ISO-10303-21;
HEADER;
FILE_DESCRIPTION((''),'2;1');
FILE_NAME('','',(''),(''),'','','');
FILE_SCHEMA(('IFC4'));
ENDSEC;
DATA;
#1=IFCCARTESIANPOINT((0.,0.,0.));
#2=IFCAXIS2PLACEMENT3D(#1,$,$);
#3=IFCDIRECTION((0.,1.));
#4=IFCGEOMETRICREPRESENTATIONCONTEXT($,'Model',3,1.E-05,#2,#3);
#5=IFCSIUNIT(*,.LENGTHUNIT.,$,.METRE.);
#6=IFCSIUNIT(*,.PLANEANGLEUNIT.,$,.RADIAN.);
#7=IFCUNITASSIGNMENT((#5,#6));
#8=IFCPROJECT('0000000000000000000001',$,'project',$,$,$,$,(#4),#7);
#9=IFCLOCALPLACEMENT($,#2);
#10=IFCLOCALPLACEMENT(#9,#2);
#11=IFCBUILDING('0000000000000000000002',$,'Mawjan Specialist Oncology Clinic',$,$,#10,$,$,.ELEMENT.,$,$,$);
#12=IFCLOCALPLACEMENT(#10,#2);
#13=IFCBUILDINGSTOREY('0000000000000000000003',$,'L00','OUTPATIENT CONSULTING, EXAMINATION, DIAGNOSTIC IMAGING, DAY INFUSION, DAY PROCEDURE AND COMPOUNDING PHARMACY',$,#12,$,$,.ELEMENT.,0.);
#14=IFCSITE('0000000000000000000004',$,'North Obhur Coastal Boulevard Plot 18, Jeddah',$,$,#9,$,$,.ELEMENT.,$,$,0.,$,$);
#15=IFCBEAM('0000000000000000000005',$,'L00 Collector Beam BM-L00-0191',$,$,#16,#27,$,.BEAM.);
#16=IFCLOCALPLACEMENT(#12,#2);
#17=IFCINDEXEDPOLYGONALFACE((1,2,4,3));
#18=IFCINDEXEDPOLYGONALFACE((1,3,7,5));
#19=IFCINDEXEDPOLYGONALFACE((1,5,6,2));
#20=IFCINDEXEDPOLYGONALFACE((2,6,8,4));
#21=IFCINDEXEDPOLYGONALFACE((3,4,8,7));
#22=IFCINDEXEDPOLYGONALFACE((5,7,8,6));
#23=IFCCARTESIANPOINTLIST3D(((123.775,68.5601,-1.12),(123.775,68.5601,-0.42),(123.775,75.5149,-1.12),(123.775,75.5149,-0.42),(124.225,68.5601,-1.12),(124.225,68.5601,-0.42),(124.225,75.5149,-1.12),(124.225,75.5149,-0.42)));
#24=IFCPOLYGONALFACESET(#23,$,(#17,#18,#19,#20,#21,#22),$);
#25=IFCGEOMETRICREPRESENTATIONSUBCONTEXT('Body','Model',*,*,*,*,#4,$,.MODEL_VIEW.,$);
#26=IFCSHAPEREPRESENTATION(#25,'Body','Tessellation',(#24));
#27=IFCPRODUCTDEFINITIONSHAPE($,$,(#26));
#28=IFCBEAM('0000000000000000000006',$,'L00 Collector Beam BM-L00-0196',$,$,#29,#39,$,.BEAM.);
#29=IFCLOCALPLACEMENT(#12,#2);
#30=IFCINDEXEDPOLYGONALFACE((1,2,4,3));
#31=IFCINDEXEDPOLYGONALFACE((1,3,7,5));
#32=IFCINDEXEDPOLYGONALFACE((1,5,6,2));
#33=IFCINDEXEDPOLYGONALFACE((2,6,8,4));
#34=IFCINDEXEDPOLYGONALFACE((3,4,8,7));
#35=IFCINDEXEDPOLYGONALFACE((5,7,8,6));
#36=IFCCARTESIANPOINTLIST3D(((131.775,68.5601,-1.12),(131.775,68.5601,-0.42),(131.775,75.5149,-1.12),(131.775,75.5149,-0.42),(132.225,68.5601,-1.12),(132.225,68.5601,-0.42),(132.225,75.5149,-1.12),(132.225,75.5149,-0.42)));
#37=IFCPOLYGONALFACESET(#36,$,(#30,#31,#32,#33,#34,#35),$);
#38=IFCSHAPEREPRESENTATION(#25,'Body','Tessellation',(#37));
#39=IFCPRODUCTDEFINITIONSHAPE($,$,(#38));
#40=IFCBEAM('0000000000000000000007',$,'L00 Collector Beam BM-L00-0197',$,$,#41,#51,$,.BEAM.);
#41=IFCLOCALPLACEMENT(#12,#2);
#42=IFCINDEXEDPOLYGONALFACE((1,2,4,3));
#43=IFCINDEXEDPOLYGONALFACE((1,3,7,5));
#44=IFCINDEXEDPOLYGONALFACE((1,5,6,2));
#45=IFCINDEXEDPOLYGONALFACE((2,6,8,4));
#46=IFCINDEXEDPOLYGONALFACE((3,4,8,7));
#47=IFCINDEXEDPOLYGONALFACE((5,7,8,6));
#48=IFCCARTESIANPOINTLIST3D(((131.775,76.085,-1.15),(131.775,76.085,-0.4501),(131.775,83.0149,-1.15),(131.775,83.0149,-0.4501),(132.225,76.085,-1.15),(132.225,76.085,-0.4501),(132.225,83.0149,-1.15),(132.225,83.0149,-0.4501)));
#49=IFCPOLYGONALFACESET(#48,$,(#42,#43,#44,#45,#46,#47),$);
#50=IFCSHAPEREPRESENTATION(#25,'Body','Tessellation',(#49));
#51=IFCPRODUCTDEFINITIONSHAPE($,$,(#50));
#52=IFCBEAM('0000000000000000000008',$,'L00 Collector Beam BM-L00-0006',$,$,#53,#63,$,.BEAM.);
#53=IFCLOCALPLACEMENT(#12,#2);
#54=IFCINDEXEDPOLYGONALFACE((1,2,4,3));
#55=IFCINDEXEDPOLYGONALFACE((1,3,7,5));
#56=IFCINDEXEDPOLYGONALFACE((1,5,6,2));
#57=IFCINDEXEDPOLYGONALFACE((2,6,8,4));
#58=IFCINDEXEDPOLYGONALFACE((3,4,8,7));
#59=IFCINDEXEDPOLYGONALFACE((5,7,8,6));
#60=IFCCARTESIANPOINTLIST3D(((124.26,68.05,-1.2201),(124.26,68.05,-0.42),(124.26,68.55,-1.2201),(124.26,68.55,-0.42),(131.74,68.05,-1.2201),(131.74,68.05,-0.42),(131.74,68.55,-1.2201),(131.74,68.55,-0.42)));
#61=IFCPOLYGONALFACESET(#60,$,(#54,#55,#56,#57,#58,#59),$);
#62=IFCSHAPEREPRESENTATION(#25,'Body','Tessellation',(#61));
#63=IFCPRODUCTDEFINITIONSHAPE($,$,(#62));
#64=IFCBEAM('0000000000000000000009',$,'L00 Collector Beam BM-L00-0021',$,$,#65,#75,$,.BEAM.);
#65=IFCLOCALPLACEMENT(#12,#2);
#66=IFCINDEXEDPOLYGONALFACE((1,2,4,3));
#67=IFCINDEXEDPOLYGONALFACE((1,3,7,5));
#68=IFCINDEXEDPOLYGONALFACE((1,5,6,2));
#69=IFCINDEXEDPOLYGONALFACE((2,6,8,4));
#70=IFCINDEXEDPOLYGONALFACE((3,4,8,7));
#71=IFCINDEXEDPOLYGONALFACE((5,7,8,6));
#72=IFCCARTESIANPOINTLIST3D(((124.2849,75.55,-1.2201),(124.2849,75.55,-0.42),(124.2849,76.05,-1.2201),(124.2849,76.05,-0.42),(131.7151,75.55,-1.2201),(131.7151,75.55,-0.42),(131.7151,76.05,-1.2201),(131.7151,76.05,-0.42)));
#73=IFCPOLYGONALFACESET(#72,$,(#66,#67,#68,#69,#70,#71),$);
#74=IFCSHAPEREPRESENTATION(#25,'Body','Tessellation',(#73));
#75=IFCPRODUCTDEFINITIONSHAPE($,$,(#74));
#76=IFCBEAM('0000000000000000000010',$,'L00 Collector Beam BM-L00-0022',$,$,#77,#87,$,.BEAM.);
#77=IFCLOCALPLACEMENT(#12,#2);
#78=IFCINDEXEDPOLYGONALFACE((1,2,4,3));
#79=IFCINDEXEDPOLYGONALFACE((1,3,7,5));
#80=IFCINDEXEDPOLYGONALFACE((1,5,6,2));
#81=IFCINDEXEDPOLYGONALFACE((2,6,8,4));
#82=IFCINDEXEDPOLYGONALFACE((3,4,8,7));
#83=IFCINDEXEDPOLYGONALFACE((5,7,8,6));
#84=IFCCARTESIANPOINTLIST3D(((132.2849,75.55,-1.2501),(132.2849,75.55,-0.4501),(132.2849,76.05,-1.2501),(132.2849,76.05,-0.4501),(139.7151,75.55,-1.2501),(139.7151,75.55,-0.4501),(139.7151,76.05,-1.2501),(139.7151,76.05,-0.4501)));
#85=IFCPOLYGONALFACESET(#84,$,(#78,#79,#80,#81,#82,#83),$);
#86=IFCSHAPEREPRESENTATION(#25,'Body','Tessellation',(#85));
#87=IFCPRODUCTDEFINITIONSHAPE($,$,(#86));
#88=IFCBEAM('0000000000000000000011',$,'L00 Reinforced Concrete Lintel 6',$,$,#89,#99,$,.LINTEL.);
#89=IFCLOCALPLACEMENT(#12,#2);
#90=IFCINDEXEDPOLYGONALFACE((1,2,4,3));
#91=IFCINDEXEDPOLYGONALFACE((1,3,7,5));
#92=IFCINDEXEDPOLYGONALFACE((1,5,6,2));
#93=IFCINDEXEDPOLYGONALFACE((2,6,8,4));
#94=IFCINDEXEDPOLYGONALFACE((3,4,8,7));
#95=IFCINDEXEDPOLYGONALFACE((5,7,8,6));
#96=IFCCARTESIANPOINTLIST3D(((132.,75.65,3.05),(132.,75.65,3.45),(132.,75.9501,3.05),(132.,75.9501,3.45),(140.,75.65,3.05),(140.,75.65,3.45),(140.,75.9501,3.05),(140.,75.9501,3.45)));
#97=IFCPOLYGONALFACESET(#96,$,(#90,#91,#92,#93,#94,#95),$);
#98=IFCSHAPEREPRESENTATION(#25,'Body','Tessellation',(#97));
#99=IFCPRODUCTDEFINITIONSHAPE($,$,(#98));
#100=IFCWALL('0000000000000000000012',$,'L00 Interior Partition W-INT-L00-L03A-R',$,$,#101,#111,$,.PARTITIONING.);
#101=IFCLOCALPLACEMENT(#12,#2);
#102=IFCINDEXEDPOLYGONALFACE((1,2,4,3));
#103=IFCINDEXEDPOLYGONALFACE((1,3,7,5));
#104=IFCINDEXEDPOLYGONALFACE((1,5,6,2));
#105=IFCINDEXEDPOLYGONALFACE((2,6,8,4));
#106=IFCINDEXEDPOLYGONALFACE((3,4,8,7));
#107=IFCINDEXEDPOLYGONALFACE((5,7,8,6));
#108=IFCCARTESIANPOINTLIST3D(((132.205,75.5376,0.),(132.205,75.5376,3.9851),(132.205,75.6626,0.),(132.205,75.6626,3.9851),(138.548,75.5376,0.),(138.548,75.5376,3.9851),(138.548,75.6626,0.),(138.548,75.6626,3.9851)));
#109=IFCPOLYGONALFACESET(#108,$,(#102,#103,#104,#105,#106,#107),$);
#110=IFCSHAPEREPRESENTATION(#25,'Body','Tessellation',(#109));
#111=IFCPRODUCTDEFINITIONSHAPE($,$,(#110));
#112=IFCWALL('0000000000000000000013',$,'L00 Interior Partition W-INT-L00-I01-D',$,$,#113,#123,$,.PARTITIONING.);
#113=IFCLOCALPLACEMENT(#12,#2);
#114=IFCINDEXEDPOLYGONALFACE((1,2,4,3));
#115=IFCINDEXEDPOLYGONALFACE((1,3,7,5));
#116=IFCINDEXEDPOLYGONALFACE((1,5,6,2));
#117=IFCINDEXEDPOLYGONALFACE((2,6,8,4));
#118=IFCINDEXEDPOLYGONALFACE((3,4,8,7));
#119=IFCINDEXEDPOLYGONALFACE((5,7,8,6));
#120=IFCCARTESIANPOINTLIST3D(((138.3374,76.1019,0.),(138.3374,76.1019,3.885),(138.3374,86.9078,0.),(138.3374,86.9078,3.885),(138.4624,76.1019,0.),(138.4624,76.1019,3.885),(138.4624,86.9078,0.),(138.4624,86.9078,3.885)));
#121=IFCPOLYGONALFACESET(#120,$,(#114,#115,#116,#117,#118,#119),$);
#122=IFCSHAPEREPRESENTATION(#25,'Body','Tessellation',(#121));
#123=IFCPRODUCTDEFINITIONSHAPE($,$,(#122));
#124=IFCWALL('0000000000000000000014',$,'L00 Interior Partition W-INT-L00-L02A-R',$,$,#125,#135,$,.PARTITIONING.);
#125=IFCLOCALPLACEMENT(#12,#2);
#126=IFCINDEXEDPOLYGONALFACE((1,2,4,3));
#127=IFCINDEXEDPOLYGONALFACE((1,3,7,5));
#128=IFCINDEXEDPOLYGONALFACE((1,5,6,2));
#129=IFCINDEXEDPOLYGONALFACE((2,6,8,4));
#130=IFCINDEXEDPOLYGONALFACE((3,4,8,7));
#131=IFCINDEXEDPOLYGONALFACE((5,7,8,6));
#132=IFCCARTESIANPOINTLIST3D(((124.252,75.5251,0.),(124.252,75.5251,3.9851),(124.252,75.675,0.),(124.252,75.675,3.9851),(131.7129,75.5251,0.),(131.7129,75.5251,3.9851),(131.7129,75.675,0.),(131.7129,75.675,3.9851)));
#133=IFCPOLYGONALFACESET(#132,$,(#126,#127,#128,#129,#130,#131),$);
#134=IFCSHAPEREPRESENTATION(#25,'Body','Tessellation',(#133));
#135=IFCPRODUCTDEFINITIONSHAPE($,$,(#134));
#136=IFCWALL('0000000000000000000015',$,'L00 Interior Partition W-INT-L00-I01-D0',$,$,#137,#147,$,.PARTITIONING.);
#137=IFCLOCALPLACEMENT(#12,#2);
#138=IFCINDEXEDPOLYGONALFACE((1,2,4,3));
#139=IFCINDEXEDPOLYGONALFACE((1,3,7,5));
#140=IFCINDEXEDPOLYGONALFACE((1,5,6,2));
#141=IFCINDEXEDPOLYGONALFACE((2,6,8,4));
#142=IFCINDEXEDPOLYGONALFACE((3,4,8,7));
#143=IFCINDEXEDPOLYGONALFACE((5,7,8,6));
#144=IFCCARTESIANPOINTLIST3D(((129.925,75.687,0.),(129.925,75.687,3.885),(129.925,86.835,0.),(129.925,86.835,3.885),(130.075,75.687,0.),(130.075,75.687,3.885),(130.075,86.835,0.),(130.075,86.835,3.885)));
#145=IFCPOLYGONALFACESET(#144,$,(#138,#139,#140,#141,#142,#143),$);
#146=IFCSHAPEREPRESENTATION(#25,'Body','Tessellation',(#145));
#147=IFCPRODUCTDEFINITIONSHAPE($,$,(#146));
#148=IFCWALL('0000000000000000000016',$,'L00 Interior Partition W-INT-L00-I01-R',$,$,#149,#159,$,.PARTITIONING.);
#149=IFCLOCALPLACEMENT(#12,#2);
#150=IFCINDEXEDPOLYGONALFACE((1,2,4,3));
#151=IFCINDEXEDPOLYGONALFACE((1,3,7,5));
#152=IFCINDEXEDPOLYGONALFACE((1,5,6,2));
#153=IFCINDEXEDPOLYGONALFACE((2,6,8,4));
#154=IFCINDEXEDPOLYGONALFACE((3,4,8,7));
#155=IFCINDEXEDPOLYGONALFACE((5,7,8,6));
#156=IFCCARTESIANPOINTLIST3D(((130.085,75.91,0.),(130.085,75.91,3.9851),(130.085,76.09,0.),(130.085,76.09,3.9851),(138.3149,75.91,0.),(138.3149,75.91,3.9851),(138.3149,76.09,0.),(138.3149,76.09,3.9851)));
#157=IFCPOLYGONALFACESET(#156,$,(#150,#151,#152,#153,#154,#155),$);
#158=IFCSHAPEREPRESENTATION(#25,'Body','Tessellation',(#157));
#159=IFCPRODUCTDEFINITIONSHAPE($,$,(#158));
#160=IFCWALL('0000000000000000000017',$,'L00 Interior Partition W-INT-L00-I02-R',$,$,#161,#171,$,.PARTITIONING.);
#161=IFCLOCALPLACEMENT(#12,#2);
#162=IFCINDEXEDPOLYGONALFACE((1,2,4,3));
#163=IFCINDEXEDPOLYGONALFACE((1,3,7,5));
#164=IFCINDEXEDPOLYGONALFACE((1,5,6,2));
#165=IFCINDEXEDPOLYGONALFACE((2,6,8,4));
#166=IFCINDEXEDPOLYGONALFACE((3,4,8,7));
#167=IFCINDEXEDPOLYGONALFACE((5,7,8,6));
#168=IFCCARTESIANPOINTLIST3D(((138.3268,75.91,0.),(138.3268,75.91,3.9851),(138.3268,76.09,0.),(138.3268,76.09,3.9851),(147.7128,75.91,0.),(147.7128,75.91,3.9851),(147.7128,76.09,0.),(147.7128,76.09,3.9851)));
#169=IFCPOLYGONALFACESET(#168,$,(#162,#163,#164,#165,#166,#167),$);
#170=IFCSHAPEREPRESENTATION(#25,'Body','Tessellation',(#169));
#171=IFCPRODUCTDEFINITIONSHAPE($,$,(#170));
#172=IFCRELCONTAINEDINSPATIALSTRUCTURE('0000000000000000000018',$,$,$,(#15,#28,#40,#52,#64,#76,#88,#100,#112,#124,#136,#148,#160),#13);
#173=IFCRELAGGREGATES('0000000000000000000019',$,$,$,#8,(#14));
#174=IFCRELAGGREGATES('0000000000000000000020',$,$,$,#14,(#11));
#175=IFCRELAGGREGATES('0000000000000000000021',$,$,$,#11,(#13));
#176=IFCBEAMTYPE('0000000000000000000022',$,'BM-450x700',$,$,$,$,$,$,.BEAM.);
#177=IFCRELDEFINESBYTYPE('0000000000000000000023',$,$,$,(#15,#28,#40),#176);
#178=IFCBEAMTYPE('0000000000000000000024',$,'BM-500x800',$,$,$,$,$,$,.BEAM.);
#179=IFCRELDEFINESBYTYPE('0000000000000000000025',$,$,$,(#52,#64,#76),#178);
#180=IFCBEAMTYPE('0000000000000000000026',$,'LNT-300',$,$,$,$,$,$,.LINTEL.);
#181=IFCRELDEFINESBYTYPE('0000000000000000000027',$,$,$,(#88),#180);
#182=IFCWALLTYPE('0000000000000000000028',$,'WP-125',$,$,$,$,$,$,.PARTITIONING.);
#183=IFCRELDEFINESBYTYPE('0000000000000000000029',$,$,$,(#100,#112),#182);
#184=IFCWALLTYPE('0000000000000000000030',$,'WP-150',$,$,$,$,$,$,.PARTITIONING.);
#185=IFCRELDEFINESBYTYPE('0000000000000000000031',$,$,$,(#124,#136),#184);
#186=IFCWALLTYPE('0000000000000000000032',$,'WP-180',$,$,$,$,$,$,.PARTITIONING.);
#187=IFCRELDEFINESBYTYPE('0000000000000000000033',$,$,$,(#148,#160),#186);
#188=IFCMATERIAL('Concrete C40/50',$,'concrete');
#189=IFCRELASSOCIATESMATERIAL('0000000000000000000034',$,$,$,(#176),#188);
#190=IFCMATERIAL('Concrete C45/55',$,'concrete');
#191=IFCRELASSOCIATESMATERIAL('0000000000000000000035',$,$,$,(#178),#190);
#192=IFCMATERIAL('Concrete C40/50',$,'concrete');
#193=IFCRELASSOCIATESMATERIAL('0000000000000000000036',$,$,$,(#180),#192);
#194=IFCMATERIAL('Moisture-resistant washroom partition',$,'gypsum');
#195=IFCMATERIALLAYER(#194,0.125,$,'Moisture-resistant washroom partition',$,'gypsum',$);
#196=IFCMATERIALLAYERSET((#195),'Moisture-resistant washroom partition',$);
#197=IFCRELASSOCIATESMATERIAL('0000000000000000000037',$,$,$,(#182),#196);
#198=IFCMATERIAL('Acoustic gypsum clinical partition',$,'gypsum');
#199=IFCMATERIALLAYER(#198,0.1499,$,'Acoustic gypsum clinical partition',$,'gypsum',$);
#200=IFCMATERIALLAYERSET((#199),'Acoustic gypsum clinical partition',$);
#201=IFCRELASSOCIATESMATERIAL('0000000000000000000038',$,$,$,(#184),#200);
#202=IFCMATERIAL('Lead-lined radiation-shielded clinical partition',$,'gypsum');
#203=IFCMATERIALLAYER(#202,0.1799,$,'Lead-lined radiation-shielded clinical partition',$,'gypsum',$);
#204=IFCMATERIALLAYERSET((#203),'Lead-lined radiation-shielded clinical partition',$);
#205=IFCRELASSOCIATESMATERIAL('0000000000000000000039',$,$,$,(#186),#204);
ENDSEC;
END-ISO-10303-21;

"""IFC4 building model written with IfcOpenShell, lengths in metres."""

from ifc_helpers import new_model, si_unit, direction, frame, frame_2d, origin, origin_2d, place, context, subcontext, project, spatial, rectangle, extrude, material, layer, layer_set, material_profile, profile_set, type_object, element, save


model = new_model("IFC4")

# Units and contexts
model_context = context("Model", 3, precision=1e-05, world=origin(), true_north=direction((0.0, 1.0)))
body_context = subcontext(model_context, "Body", "Model", "MODEL_VIEW")
ifc_project = project(units=[si_unit("LENGTHUNIT", "METRE"), si_unit("PLANEANGLEUNIT", "RADIAN")], contexts=[model_context])

# Site, building, storey
site_placement = place(None, origin())
site = spatial("IfcSite", under=ifc_project, at=site_placement, Name="North Obhur Coastal Boulevard Plot 18, Jeddah", CompositionType="ELEMENT", RefElevation=0.0)
building_placement = place(site_placement, origin())
building = spatial("IfcBuilding", under=site, at=building_placement, Name="Mawjan Specialist Oncology Clinic", CompositionType="ELEMENT")
storey_placement = place(building_placement, origin())
storey = spatial("IfcBuildingStorey", under=building, at=storey_placement, Name="L00", Description="OUTPATIENT CONSULTING, EXAMINATION, DIAGNOSTIC IMAGING, DAY INFUSION, DAY PROCEDURE AND COMPOUNDING PHARMACY", CompositionType="ELEMENT", Elevation=0.0)

# Beams
ifc_material_1 = material(Name="Concrete C40/50", Category="concrete")
ifc_material_profile_1 = material_profile(ifc_material_1, rectangle(XDim=0.45, YDim=0.7, at=origin_2d()), Name="RC BM 450x700", Category="concrete")
ifc_profile_set_1 = profile_set([ifc_material_profile_1], Name="Concrete C40/50")
beam_type_1 = type_object("IfcBeamType", Name="BM-450x700", PredefinedType="BEAM", material=ifc_profile_set_1)
for number, where, z_axis, x_axis, name in (
    (1, (124.0, 68.5601, -0.77), (0.0, 1.0, 0.0), (-1.0, 0.0, 0.0), "L00 Collector Beam BM-L00-0191"),
    (2, (132.0, 68.5601, -0.77), (0.0, 1.0, 0.0), (-1.0, 0.0, 0.0), "L00 Collector Beam BM-L00-0196"),
):
    element("IfcBeam", number, at=place(storey_placement, frame(where, z_axis=z_axis, x_axis=x_axis)), inside=storey, type_object=beam_type_1, Name=name, PredefinedType="BEAM", context=body_context, shape_type="SweptSolid", body=[
        extrude(rectangle(XDim=0.45, YDim=0.7, at=origin_2d()), origin(), (0.0, 0.0, 1.0), 6.9548),
    ])
beam_1_placement = place(storey_placement, frame((132.0, 76.085, -0.8), z_axis=(0.0, 1.0, 0.0), x_axis=(-1.0, 0.0, 0.0)))
element("IfcBeam", 3, at=beam_1_placement, inside=storey, type_object=beam_type_1, Name="L00 Collector Beam BM-L00-0197", PredefinedType="BEAM", context=body_context, shape_type="SweptSolid", body=[
    extrude(rectangle(XDim=0.45, YDim=0.7, at=origin_2d()), origin(), (0.0, 0.0, 1.0), 6.9299),
])
ifc_material_2 = material(Name="Concrete C45/55", Category="concrete")
ifc_material_profile_2 = material_profile(ifc_material_2, rectangle(XDim=0.5, YDim=0.8, at=origin_2d()), Name="RC BM 500x800", Category="concrete")
ifc_profile_set_2 = profile_set([ifc_material_profile_2], Name="Concrete C45/55")
beam_type_2 = type_object("IfcBeamType", Name="BM-500x800", PredefinedType="BEAM", material=ifc_profile_set_2)
beam_2_placement = place(storey_placement, frame((124.26, 68.3, -0.8201), z_axis=(1.0, 0.0, 0.0), x_axis=(0.0, 1.0, 0.0)))
element("IfcBeam", 4, at=beam_2_placement, inside=storey, type_object=beam_type_2, Name="L00 Collector Beam BM-L00-0006", PredefinedType="BEAM", context=body_context, shape_type="SweptSolid", body=[
    extrude(rectangle(XDim=0.5, YDim=0.8, at=origin_2d()), origin(), (0.0, 0.0, 1.0), 7.48),
])
for number, where, z_axis, x_axis, name in (
    (5, (124.2849, 75.8, -0.8201), (1.0, 0.0, 0.0), (0.0, 1.0, 0.0), "L00 Collector Beam BM-L00-0021"),
    (6, (132.2849, 75.8, -0.8501), (1.0, 0.0, 0.0), (0.0, 1.0, 0.0), "L00 Collector Beam BM-L00-0022"),
):
    element("IfcBeam", number, at=place(storey_placement, frame(where, z_axis=z_axis, x_axis=x_axis)), inside=storey, type_object=beam_type_2, Name=name, PredefinedType="BEAM", context=body_context, shape_type="SweptSolid", body=[
        extrude(rectangle(XDim=0.5, YDim=0.8, at=origin_2d()), origin(), (0.0, 0.0, 1.0), 7.4302),
    ])
ifc_material_3 = material(Name="Concrete C40/50", Category="concrete")
ifc_material_profile_3 = material_profile(ifc_material_3, rectangle(XDim=0.3, YDim=0.3999, at=origin_2d()), Name="RC LINTEL 300x400", Category="concrete")
ifc_profile_set_3 = profile_set([ifc_material_profile_3], Name="Concrete C40/50")
beam_type_3 = type_object("IfcBeamType", Name="LNT-300", PredefinedType="LINTEL", material=ifc_profile_set_3)
beam_3_placement = place(storey_placement, frame((132.0, 75.8, 3.25), z_axis=(1.0, 0.0, 0.0), x_axis=(0.0, 1.0, 0.0)))
element("IfcBeam", 7, at=beam_3_placement, inside=storey, type_object=beam_type_3, Name="L00 Reinforced Concrete Lintel 6", PredefinedType="LINTEL", context=body_context, shape_type="SweptSolid", body=[
    extrude(rectangle(XDim=0.3, YDim=0.3999, at=origin_2d()), origin(), (0.0, 0.0, 1.0), 8.0),
])

# Walls
ifc_material_4 = material(Name="Moisture-resistant washroom partition", Category="gypsum")
ifc_layer_1 = layer(ifc_material_4, 0.125, Name="Moisture-resistant washroom partition", Category="gypsum")
ifc_layer_set_1 = layer_set([ifc_layer_1], Name="Moisture-resistant washroom partition")
wall_type_1 = type_object("IfcWallType", Name="WP-125", PredefinedType="PARTITIONING", material=ifc_layer_set_1)
wall_1_placement = place(storey_placement, frame((132.2051, 75.6001, 0.0), z_axis=(0.0, 0.0, 1.0), x_axis=(1.0, 0.0, 0.0)))
element("IfcWall", 8, at=wall_1_placement, inside=storey, type_object=wall_type_1, Name="L00 Interior Partition W-INT-L00-L03A-R", PredefinedType="PARTITIONING", context=body_context, shape_type="SweptSolid", body=[
    extrude(rectangle(XDim=6.343, YDim=0.125, at=frame_2d((3.1714, 0.0))), origin(), (0.0, 0.0, 1.0), 3.9851),
])
wall_2_placement = place(storey_placement, frame((138.3999, 76.1021, 0.0), z_axis=(0.0, 0.0, 1.0), x_axis=(0.0, 1.0, 0.0)))
element("IfcWall", 9, at=wall_2_placement, inside=storey, type_object=wall_type_1, Name="L00 Interior Partition W-INT-L00-I01-D", PredefinedType="PARTITIONING", context=body_context, shape_type="SweptSolid", body=[
    extrude(rectangle(XDim=10.8059, YDim=0.125, at=frame_2d((5.4028, 0.0))), origin(), (0.0, 0.0, 1.0), 3.885),
])
ifc_material_5 = material(Name="Acoustic gypsum clinical partition", Category="gypsum")
ifc_layer_2 = layer(ifc_material_5, 0.1499, Name="Acoustic gypsum clinical partition", Category="gypsum")
ifc_layer_set_2 = layer_set([ifc_layer_2], Name="Acoustic gypsum clinical partition")
wall_type_2 = type_object("IfcWallType", Name="WP-150", PredefinedType="PARTITIONING", material=ifc_layer_set_2)
wall_3_placement = place(storey_placement, frame((124.252, 75.6001, 0.0), z_axis=(0.0, 0.0, 1.0), x_axis=(1.0, 0.0, 0.0)))
element("IfcWall", 10, at=wall_3_placement, inside=storey, type_object=wall_type_2, Name="L00 Interior Partition W-INT-L00-L02A-R", PredefinedType="PARTITIONING", context=body_context, shape_type="SweptSolid", body=[
    extrude(rectangle(XDim=7.4609, YDim=0.1499, at=frame_2d((3.7305, 0.0))), origin(), (0.0, 0.0, 1.0), 3.9851),
])
wall_4_placement = place(storey_placement, frame((130.0, 75.687, 0.0), z_axis=(0.0, 0.0, 1.0), x_axis=(0.0, 1.0, 0.0)))
element("IfcWall", 11, at=wall_4_placement, inside=storey, type_object=wall_type_2, Name="L00 Interior Partition W-INT-L00-I01-D0", PredefinedType="PARTITIONING", context=body_context, shape_type="SweptSolid", body=[
    extrude(rectangle(XDim=11.1479, YDim=0.1499, at=frame_2d((5.574, 0.0))), origin(), (0.0, 0.0, 1.0), 3.885),
])
ifc_material_6 = material(Name="Lead-lined radiation-shielded clinical partition", Category="gypsum")
ifc_layer_3 = layer(ifc_material_6, 0.1799, Name="Lead-lined radiation-shielded clinical partition", Category="gypsum")
ifc_layer_set_3 = layer_set([ifc_layer_3], Name="Lead-lined radiation-shielded clinical partition")
wall_type_3 = type_object("IfcWallType", Name="WP-180", PredefinedType="PARTITIONING", material=ifc_layer_set_3)
wall_5_placement = place(storey_placement, frame((130.085, 76.0, 0.0), z_axis=(0.0, 0.0, 1.0), x_axis=(1.0, 0.0, 0.0)))
element("IfcWall", 12, at=wall_5_placement, inside=storey, type_object=wall_type_3, Name="L00 Interior Partition W-INT-L00-I01-R", PredefinedType="PARTITIONING", context=body_context, shape_type="SweptSolid", body=[
    extrude(rectangle(XDim=8.23, YDim=0.1799, at=frame_2d((4.115, 0.0))), origin(), (0.0, 0.0, 1.0), 3.9851),
])
wall_6_placement = place(storey_placement, frame((138.3269, 76.0, 0.0), z_axis=(0.0, 0.0, 1.0), x_axis=(1.0, 0.0, 0.0)))
element("IfcWall", 13, at=wall_6_placement, inside=storey, type_object=wall_type_3, Name="L00 Interior Partition W-INT-L00-I02-R", PredefinedType="PARTITIONING", context=body_context, shape_type="SweptSolid", body=[
    extrude(rectangle(XDim=9.386, YDim=0.1799, at=frame_2d((4.6929, 0.0))), origin(), (0.0, 0.0, 1.0), 3.9851),
])

save(model, "model.ifc")
